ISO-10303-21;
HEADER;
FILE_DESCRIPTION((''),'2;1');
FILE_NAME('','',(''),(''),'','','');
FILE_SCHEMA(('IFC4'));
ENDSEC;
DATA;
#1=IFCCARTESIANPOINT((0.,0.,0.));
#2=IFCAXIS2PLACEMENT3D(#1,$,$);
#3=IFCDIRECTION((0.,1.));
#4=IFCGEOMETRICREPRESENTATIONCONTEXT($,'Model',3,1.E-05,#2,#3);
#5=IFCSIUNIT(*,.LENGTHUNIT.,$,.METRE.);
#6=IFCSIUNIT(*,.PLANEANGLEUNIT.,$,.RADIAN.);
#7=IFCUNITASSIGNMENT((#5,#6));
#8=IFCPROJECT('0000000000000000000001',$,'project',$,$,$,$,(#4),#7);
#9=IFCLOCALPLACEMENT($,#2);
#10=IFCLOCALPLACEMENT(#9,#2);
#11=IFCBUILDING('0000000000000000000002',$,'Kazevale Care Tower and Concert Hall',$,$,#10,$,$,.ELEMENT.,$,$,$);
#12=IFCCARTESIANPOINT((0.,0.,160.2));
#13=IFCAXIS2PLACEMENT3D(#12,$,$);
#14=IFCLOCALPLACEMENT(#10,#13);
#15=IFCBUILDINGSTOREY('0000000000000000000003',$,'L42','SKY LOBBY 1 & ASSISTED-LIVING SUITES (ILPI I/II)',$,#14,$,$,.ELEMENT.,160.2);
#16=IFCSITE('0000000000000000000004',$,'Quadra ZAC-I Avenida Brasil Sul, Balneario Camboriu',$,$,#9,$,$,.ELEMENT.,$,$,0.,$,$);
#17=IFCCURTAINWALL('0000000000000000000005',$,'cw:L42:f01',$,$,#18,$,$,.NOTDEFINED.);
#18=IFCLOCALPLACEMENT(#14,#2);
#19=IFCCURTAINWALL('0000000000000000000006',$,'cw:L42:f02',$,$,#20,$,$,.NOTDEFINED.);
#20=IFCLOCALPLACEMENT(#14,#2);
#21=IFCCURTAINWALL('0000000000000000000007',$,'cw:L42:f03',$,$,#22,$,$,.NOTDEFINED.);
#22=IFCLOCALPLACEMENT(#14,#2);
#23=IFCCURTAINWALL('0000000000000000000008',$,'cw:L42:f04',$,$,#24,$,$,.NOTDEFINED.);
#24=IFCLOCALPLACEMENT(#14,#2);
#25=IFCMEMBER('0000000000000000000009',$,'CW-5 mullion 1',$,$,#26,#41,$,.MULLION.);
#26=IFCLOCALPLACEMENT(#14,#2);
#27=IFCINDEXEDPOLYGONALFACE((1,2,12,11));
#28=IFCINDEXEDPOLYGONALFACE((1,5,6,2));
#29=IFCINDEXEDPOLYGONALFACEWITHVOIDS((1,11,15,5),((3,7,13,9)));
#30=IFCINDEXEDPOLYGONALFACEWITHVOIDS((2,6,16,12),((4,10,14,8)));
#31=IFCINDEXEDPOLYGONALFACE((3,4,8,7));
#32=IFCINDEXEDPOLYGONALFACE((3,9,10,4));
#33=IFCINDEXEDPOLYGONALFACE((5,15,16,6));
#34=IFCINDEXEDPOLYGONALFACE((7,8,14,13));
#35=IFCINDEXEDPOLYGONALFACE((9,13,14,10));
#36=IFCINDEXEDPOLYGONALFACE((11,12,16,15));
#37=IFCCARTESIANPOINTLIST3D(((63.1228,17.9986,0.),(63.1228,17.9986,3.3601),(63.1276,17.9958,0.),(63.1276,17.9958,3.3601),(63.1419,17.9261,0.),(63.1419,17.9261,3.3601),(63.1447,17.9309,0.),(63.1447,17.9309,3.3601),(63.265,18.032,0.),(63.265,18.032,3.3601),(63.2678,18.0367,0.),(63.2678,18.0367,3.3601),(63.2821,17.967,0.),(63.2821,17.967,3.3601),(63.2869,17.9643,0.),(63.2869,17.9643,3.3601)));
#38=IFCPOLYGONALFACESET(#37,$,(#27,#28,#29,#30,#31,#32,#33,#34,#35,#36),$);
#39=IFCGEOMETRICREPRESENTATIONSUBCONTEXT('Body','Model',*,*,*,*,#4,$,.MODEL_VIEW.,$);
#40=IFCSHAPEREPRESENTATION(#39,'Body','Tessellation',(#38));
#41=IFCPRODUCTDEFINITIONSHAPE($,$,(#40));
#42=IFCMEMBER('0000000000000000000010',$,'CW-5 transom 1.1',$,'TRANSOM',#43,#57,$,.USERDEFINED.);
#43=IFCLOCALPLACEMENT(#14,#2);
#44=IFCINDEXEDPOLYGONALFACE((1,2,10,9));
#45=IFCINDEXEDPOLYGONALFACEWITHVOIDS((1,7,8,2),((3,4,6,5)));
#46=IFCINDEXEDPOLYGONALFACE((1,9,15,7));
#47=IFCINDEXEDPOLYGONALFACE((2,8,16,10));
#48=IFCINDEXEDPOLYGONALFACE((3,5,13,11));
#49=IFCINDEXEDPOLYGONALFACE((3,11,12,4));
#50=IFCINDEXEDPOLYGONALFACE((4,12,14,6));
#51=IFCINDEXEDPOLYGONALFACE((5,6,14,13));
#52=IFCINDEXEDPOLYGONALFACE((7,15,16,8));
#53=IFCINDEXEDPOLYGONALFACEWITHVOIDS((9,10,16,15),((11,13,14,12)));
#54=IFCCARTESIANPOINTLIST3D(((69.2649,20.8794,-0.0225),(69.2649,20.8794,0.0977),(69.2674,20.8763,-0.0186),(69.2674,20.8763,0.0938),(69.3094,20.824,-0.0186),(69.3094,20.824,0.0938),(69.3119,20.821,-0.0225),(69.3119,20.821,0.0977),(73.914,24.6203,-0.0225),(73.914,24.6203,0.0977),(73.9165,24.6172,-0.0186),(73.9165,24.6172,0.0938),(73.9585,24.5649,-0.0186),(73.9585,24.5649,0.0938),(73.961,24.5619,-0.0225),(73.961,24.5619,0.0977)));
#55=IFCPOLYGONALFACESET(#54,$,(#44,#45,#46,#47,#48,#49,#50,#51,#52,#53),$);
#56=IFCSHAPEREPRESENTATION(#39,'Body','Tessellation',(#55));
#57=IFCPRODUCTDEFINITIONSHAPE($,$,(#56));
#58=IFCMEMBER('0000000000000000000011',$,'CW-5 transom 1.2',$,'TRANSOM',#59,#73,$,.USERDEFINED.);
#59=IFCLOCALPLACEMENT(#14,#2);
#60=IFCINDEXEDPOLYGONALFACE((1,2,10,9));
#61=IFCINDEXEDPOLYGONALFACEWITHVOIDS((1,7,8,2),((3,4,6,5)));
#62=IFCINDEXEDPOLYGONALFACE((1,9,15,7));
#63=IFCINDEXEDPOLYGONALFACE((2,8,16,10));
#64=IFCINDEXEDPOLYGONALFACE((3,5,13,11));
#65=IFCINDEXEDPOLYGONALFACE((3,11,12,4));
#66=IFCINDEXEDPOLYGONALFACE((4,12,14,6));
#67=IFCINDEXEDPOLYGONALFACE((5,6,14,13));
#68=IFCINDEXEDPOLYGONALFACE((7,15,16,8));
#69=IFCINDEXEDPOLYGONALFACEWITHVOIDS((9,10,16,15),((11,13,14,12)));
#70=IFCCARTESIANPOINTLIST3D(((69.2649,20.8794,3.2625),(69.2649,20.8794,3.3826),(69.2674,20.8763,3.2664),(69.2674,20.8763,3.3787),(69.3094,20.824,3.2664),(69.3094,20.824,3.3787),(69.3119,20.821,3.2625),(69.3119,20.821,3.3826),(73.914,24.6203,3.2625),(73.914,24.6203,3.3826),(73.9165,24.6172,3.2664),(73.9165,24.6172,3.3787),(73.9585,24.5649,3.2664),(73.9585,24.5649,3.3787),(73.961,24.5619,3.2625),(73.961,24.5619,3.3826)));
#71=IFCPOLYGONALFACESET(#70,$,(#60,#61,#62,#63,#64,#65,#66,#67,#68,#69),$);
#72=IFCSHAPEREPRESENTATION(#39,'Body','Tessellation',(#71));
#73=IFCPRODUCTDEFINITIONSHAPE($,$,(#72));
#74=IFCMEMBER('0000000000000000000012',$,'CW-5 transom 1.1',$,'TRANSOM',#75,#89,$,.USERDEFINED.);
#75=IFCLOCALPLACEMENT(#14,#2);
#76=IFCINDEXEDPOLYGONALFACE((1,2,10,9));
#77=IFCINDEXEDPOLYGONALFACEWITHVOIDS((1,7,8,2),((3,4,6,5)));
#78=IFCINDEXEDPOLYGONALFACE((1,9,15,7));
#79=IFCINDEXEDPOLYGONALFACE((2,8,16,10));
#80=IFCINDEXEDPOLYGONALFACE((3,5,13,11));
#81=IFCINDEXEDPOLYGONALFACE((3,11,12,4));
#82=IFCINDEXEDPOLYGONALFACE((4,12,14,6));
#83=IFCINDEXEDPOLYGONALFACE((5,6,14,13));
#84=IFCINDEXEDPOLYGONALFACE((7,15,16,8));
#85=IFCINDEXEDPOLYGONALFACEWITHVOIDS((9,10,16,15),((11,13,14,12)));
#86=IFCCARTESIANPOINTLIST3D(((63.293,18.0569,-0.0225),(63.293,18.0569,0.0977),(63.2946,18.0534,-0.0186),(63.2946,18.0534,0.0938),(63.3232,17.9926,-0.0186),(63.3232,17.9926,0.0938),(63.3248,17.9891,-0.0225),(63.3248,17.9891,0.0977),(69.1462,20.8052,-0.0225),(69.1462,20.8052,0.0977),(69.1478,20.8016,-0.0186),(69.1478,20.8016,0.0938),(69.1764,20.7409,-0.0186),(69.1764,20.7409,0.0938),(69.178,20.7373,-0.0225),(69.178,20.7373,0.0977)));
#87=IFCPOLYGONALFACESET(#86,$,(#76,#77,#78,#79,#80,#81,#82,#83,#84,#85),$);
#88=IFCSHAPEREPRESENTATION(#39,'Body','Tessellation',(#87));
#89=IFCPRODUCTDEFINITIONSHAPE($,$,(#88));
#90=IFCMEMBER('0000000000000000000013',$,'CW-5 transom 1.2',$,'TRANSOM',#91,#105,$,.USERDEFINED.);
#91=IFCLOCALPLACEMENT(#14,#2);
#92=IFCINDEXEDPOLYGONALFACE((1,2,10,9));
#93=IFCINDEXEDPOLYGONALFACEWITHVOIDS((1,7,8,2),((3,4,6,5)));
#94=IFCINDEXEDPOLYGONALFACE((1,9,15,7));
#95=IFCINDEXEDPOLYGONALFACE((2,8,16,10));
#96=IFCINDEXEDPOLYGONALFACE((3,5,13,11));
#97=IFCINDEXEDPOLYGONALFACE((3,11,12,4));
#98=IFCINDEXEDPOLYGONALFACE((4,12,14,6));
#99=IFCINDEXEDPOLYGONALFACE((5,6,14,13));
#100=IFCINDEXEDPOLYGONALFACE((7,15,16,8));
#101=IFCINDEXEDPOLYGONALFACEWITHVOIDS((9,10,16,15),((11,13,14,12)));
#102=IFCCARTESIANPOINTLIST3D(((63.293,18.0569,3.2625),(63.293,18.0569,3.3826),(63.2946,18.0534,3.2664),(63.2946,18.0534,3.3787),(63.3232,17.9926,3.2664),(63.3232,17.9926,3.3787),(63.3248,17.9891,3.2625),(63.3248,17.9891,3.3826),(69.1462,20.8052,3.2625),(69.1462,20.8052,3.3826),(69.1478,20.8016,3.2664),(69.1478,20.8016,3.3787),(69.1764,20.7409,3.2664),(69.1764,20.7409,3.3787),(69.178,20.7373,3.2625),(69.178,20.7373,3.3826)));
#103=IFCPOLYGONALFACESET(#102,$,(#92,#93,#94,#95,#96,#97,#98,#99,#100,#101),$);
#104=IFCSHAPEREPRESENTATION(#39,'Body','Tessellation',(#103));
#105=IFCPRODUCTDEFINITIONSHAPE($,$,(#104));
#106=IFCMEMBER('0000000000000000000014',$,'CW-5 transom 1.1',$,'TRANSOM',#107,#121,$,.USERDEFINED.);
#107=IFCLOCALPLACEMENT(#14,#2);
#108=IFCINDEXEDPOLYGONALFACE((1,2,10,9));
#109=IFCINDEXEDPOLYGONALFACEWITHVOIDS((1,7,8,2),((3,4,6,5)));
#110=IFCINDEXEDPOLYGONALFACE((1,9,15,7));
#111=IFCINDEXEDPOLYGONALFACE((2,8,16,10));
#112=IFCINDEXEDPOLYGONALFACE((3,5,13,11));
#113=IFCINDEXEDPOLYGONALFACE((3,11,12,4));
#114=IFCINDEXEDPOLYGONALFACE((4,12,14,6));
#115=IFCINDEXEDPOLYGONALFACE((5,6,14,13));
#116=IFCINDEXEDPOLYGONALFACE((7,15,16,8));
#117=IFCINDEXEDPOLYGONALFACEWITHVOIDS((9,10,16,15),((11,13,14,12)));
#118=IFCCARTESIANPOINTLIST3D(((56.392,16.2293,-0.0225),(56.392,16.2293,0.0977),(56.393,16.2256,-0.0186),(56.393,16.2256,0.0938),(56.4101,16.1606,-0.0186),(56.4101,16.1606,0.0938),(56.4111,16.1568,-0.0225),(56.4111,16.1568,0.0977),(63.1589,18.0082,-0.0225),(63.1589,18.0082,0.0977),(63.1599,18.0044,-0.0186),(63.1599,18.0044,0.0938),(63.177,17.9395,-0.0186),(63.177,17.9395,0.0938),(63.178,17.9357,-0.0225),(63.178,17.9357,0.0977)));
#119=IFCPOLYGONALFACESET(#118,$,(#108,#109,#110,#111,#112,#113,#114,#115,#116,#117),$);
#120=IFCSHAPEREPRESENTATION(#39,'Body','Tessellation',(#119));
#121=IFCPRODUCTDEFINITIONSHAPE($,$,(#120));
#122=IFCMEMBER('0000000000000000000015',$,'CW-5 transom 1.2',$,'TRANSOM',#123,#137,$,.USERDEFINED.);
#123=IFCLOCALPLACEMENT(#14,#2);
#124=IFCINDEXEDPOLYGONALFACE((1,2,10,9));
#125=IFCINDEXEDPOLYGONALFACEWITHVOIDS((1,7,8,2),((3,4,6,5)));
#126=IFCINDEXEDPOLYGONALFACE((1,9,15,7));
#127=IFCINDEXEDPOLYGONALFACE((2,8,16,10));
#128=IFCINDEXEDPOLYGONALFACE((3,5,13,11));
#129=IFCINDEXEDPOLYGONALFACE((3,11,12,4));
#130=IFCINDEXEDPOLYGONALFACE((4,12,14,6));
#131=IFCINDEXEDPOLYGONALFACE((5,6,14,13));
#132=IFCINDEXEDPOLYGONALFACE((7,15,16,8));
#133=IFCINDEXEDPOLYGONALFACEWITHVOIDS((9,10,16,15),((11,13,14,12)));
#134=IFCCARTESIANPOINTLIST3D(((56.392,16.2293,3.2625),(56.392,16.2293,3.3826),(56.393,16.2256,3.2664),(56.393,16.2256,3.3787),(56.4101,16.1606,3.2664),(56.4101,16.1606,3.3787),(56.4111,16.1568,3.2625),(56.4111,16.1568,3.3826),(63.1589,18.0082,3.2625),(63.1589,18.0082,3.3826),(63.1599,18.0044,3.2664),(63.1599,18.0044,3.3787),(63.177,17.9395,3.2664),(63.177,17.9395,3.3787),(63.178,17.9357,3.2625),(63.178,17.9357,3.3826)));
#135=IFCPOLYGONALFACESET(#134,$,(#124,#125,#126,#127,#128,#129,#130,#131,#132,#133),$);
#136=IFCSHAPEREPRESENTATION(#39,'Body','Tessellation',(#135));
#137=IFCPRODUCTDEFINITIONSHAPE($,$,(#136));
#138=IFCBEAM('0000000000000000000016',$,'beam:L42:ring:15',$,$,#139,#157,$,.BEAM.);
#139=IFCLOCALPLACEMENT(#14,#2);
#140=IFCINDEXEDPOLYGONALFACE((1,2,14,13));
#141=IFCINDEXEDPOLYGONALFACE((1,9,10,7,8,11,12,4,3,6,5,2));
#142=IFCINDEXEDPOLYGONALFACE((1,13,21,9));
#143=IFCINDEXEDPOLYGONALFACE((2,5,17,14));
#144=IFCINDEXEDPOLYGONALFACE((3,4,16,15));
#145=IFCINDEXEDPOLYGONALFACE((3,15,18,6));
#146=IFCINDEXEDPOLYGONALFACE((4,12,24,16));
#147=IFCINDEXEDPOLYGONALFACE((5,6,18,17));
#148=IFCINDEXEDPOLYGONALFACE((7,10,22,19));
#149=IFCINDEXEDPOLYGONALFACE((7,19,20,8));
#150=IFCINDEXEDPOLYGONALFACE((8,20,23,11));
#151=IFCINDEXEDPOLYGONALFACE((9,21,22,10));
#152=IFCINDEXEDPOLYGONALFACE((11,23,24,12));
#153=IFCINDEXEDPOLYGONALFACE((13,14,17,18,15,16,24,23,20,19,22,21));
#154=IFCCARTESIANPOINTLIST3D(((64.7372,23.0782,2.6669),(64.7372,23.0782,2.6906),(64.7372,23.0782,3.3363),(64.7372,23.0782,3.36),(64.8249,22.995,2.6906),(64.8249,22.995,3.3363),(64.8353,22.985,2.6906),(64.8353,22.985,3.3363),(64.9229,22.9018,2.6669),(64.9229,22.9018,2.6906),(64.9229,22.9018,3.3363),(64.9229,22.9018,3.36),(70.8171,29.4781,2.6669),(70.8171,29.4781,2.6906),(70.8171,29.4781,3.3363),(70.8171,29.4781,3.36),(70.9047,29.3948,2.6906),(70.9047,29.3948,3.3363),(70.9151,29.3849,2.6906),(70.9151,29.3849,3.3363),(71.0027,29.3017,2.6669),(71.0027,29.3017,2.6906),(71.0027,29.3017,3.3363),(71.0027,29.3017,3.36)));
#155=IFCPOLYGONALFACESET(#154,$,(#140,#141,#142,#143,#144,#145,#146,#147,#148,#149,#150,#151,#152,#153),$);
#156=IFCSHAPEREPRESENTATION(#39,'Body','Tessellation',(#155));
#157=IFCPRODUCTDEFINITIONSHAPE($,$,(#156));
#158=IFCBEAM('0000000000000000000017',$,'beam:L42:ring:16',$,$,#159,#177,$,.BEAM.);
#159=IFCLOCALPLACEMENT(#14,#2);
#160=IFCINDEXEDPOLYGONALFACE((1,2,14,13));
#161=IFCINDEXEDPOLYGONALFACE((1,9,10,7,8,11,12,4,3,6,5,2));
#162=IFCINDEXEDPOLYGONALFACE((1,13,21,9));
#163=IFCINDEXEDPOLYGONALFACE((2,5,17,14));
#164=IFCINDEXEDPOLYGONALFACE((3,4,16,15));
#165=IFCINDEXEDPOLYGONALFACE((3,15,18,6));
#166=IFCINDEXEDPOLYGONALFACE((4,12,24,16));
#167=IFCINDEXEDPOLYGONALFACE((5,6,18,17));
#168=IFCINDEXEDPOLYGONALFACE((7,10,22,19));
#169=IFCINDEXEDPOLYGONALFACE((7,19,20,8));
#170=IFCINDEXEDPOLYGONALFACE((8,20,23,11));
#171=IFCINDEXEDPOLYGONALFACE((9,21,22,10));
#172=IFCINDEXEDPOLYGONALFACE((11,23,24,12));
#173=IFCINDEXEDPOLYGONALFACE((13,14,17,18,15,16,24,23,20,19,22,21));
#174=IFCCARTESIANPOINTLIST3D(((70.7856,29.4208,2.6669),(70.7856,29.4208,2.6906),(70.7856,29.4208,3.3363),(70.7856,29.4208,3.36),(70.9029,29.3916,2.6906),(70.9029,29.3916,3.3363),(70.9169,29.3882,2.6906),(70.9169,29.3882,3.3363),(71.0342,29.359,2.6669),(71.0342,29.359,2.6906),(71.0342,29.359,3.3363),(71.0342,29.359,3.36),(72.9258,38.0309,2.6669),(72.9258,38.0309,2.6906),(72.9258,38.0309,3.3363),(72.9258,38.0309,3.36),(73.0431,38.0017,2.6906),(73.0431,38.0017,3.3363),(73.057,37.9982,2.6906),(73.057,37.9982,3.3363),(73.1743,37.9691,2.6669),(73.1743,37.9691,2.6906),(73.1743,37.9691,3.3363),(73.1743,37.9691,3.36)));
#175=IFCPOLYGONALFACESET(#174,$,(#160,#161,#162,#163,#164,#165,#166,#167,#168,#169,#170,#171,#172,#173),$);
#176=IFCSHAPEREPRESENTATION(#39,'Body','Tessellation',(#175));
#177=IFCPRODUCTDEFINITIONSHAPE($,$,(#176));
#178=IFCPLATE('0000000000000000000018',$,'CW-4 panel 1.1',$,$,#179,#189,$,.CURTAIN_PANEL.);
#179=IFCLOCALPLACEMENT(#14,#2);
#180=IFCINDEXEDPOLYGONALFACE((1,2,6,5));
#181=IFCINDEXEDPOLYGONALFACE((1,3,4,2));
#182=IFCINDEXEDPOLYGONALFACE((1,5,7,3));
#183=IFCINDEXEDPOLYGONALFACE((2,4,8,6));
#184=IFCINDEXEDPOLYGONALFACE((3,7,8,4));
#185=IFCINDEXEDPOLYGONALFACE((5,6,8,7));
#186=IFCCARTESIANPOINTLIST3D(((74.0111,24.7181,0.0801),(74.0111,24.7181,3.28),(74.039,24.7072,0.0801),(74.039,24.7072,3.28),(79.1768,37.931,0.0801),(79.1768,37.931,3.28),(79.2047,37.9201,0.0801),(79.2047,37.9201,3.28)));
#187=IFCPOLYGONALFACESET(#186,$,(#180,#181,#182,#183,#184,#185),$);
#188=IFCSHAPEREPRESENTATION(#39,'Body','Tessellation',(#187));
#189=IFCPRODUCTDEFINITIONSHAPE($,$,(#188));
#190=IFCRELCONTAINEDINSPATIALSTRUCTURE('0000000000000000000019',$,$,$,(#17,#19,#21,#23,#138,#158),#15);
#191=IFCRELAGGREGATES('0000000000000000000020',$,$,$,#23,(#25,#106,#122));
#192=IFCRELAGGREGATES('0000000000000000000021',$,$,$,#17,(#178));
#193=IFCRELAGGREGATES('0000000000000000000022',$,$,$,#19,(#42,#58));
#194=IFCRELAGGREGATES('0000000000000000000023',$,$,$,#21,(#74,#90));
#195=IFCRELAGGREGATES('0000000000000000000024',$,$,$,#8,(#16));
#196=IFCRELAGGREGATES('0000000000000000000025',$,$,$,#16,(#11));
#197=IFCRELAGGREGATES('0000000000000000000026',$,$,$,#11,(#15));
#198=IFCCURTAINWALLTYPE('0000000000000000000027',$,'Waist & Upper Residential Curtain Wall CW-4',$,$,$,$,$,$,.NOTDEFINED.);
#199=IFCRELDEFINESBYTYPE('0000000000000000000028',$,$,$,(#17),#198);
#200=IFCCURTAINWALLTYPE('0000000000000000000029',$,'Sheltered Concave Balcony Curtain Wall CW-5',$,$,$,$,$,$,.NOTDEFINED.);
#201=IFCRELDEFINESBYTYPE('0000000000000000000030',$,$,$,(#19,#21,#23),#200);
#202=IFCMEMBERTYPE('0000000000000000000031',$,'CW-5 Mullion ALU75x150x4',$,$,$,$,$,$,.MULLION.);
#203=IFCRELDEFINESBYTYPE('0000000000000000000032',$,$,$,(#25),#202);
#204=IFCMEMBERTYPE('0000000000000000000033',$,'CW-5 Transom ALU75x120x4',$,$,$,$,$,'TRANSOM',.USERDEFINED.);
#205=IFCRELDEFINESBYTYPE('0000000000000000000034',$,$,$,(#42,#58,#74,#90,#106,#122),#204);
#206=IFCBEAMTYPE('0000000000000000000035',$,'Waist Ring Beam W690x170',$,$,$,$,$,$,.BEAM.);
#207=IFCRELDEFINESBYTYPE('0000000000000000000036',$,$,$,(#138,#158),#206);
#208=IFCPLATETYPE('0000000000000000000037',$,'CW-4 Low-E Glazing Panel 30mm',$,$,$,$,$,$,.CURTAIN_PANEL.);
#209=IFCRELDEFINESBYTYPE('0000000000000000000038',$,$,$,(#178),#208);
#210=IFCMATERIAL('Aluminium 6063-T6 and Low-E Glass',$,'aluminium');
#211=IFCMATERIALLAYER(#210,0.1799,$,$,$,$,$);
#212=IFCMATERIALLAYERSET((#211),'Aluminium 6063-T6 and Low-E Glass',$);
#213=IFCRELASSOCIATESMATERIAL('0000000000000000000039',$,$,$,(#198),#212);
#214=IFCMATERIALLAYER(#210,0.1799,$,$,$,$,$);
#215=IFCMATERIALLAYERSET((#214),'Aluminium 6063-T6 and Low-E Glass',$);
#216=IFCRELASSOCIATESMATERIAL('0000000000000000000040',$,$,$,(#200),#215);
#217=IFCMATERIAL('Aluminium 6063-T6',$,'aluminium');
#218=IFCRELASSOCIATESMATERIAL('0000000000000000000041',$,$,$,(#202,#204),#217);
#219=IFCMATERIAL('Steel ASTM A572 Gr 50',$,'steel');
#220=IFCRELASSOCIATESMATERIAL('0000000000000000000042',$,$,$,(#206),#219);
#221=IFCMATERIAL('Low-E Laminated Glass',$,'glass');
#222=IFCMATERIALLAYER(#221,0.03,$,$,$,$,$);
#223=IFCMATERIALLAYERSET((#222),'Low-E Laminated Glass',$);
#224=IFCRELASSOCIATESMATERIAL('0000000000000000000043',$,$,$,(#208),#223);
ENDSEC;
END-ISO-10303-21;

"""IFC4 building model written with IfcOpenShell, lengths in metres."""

from ifc_helpers import new_model, si_unit, direction, frame, origin, origin_2d, place, context, subcontext, project, spatial, rectangle, hollow_rectangle, i_section, extrude, material, layer, layer_set, material_profile, profile_set, type_object, element, aggregate, save


model = new_model("IFC4")

# Units and contexts
model_context = context("Model", 3, precision=1e-05, world=origin(), true_north=direction((0.0, 1.0)))
body_context = subcontext(model_context, "Body", "Model", "MODEL_VIEW")
ifc_project = project(units=[si_unit("LENGTHUNIT", "METRE"), si_unit("PLANEANGLEUNIT", "RADIAN")], contexts=[model_context])

# Site, building, storey
site_placement = place(None, origin())
site = spatial("IfcSite", under=ifc_project, at=site_placement, Name="Quadra ZAC-I Avenida Brasil Sul, Balneario Camboriu", CompositionType="ELEMENT", RefElevation=0.0)
building_placement = place(site_placement, origin())
building = spatial("IfcBuilding", under=site, at=building_placement, Name="Kazevale Care Tower and Concert Hall", CompositionType="ELEMENT")
storey_placement = place(building_placement, frame((0.0, 0.0, 160.2)))
storey = spatial("IfcBuildingStorey", under=building, at=storey_placement, Name="L42", Description="SKY LOBBY 1 & ASSISTED-LIVING SUITES (ILPI I/II)", CompositionType="ELEMENT", Elevation=160.2)

# Curtain wall
ifc_material_1 = material(Name="Aluminium 6063-T6 and Low-E Glass", Category="aluminium")
ifc_layer_1 = layer(ifc_material_1, 0.1799)
ifc_layer_set_1 = layer_set([ifc_layer_1], Name="Aluminium 6063-T6 and Low-E Glass")
curtain_wall_type_1 = type_object("IfcCurtainWallType", Name="Waist & Upper Residential Curtain Wall CW-4", PredefinedType="NOTDEFINED", material=ifc_layer_set_1)
curtain_wall_1_placement = place(storey_placement, origin())
curtain_wall_1 = element("IfcCurtainWall", 1, at=curtain_wall_1_placement, inside=storey, type_object=curtain_wall_type_1, Name="cw:L42:f01", PredefinedType="NOTDEFINED")
ifc_material_2 = material(Name="Aluminium 6063-T6", Category="aluminium")

# Curtain walls
ifc_layer_2 = layer(ifc_material_1, 0.1799)
ifc_layer_set_2 = layer_set([ifc_layer_2], Name="Aluminium 6063-T6 and Low-E Glass")
curtain_wall_type_2 = type_object("IfcCurtainWallType", Name="Sheltered Concave Balcony Curtain Wall CW-5", PredefinedType="NOTDEFINED", material=ifc_layer_set_2)
curtain_wall_2_placement = place(storey_placement, origin())
curtain_wall_2 = element("IfcCurtainWall", 2, at=curtain_wall_2_placement, inside=storey, type_object=curtain_wall_type_2, Name="cw:L42:f02", PredefinedType="NOTDEFINED")
ifc_material_profile_1 = material_profile(ifc_material_2, hollow_rectangle(XDim=0.075, YDim=0.1499, WallThickness=0.0039, at=origin_2d()), Name="ALU75x150x4")
ifc_profile_set_1 = profile_set([ifc_material_profile_1], Name="Aluminium 6063-T6")
member_type_1 = type_object("IfcMemberType", Name="CW-5 Mullion ALU75x150x4", PredefinedType="MULLION", material=ifc_profile_set_1)
curtain_wall_3_placement = place(storey_placement, origin())
curtain_wall_3 = element("IfcCurtainWall", 3, at=curtain_wall_3_placement, inside=storey, type_object=curtain_wall_type_2, Name="cw:L42:f03", PredefinedType="NOTDEFINED")

# Curtain wall, member
curtain_wall_4_placement = place(storey_placement, origin())
curtain_wall_4 = element("IfcCurtainWall", 4, at=curtain_wall_4_placement, inside=storey, type_object=curtain_wall_type_2, Name="cw:L42:f04", PredefinedType="NOTDEFINED")
member_1_placement = place(storey_placement, frame((63.2048, 17.9814, 0.0), z_axis=(0.0, 0.0, 1.0), x_axis=(0.254238, -0.967142, 0.0)))
member_1 = element("IfcMember", 5, at=member_1_placement, type_object=member_type_1, Name="CW-5 mullion 1", PredefinedType="MULLION", context=body_context, shape_type="SweptSolid", body=[
    extrude(hollow_rectangle(XDim=0.075, YDim=0.1499, WallThickness=0.0039, at=origin_2d()), origin(), (0.0, 0.0, 1.0), 3.3601),
])

# Members
ifc_material_profile_2 = material_profile(ifc_material_2, hollow_rectangle(XDim=0.075, YDim=0.1201, WallThickness=0.0039, at=origin_2d()), Name="ALU75x120x4")
ifc_profile_set_2 = profile_set([ifc_material_profile_2], Name="Aluminium 6063-T6")
member_type_2 = type_object("IfcMemberType", Name="CW-5 Transom ALU75x120x4", ElementType="TRANSOM", PredefinedType="USERDEFINED", material=ifc_profile_set_2)
member_2_placement = place(storey_placement, frame((73.9375, 24.5911, 0.0376), z_axis=(-0.779097, -0.626903, 0.0), x_axis=(0.626903, -0.779097, 0.0)))
member_2 = element("IfcMember", 6, at=member_2_placement, type_object=member_type_2, Name="CW-5 transom 1.1", ObjectType="TRANSOM", PredefinedType="USERDEFINED", context=body_context, shape_type="SweptSolid", body=[
    extrude(hollow_rectangle(XDim=0.075, YDim=0.1201, WallThickness=0.0039, at=origin_2d()), origin(), (0.0, 0.0, 1.0), 5.9673),
])
member_3_placement = place(storey_placement, frame((73.9375, 24.5911, 3.3225), z_axis=(-0.779097, -0.626903, 0.0), x_axis=(0.626903, -0.779097, 0.0)))
member_3 = element("IfcMember", 7, at=member_3_placement, type_object=member_type_2, Name="CW-5 transom 1.2", ObjectType="TRANSOM", PredefinedType="USERDEFINED", context=body_context, shape_type="SweptSolid", body=[
    extrude(hollow_rectangle(XDim=0.075, YDim=0.1201, WallThickness=0.0039, at=origin_2d()), origin(), (0.0, 0.0, 1.0), 5.9673),
])
member_4_placement = place(storey_placement, frame((69.1621, 20.7712, 0.0376), z_axis=(-0.905187, -0.425013, 0.0), x_axis=(0.425013, -0.905187, 0.0)))
member_4 = element("IfcMember", 8, at=member_4_placement, type_object=member_type_2, Name="CW-5 transom 1.1", ObjectType="TRANSOM", PredefinedType="USERDEFINED", context=body_context, shape_type="SweptSolid", body=[
    extrude(hollow_rectangle(XDim=0.075, YDim=0.1201, WallThickness=0.0039, at=origin_2d()), origin(), (0.0, 0.0, 1.0), 6.4663),
])
member_5_placement = place(storey_placement, frame((69.1621, 20.7712, 3.3225), z_axis=(-0.905187, -0.425013, 0.0), x_axis=(0.425013, -0.905187, 0.0)))
member_5 = element("IfcMember", 9, at=member_5_placement, type_object=member_type_2, Name="CW-5 transom 1.2", ObjectType="TRANSOM", PredefinedType="USERDEFINED", context=body_context, shape_type="SweptSolid", body=[
    extrude(hollow_rectangle(XDim=0.075, YDim=0.1201, WallThickness=0.0039, at=origin_2d()), origin(), (0.0, 0.0, 1.0), 6.4663),
])
member_6_placement = place(storey_placement, frame((63.1685, 17.9719, 0.0376), z_axis=(-0.967143, -0.254234, 0.0), x_axis=(0.254234, -0.967143, 0.0)))
member_6 = element("IfcMember", 10, at=member_6_placement, type_object=member_type_2, Name="CW-5 transom 1.1", ObjectType="TRANSOM", PredefinedType="USERDEFINED", context=body_context, shape_type="SweptSolid", body=[
    extrude(hollow_rectangle(XDim=0.075, YDim=0.1201, WallThickness=0.0039, at=origin_2d()), origin(), (0.0, 0.0, 1.0), 6.9968),
])
member_7_placement = place(storey_placement, frame((63.1685, 17.9719, 3.3225), z_axis=(-0.967143, -0.254234, 0.0), x_axis=(0.254234, -0.967143, 0.0)))
member_7 = element("IfcMember", 11, at=member_7_placement, type_object=member_type_2, Name="CW-5 transom 1.2", ObjectType="TRANSOM", PredefinedType="USERDEFINED", context=body_context, shape_type="SweptSolid", body=[
    extrude(hollow_rectangle(XDim=0.075, YDim=0.1201, WallThickness=0.0039, at=origin_2d()), origin(), (0.0, 0.0, 1.0), 6.9968),
])
aggregate(curtain_wall_4, [member_1, member_6, member_7])

# Beams
ifc_material_3 = material(Name="Steel ASTM A572 Gr 50", Category="steel")
ifc_material_profile_3 = material_profile(ifc_material_3, i_section(OverallWidth=0.2561, OverallDepth=0.6931, WebThickness=0.0144, FlangeThickness=0.0237, at=origin_2d()), Name="W690x170")
ifc_profile_set_3 = profile_set([ifc_material_profile_3], Name="Steel ASTM A572 Gr 50")
beam_type = type_object("IfcBeamType", Name="Waist Ring Beam W690x170", PredefinedType="BEAM", material=ifc_profile_set_3)
beam_1_placement = place(storey_placement, frame((64.8301, 22.99, 3.0134), z_axis=(0.688745, 0.725004, 0.0), x_axis=(-0.725004, 0.688745, 0.0)))
element("IfcBeam", 12, at=beam_1_placement, inside=storey, type_object=beam_type, Name="beam:L42:ring:15", PredefinedType="BEAM", context=body_context, shape_type="SweptSolid", body=[
    extrude(i_section(OverallWidth=0.2561, OverallDepth=0.6931, WebThickness=0.0144, FlangeThickness=0.0237, at=origin_2d()), origin(), (0.0, 0.0, 1.0), 8.8274),
])
beam_2_placement = place(storey_placement, frame((70.9099, 29.3899, 3.0134), z_axis=(0.241221, 0.97047, 0.0), x_axis=(-0.97047, 0.241221, 0.0)))
element("IfcBeam", 13, at=beam_2_placement, inside=storey, type_object=beam_type, Name="beam:L42:ring:16", PredefinedType="BEAM", context=body_context, shape_type="SweptSolid", body=[
    extrude(i_section(OverallWidth=0.2561, OverallDepth=0.6931, WebThickness=0.0144, FlangeThickness=0.0237, at=origin_2d()), origin(), (0.0, 0.0, 1.0), 8.8721),
])

# Plate
ifc_material_4 = material(Name="Low-E Laminated Glass", Category="glass")
ifc_layer_3 = layer(ifc_material_4, 0.03)
ifc_layer_set_3 = layer_set([ifc_layer_3], Name="Low-E Laminated Glass")
plate_type_1 = type_object("IfcPlateType", Name="CW-4 Low-E Glazing Panel 30mm", PredefinedType="CURTAIN_PANEL", material=ifc_layer_set_3)
plate_1_placement = place(storey_placement, frame((76.6079, 31.3191, 0.0801), z_axis=(0.0, 0.0, 1.0), x_axis=(-0.364121, -0.931352, 0.0)))
plate_1 = element("IfcPlate", 14, at=plate_1_placement, type_object=plate_type_1, Name="CW-4 panel 1.1", PredefinedType="CURTAIN_PANEL", context=body_context, shape_type="SweptSolid", body=[
    extrude(rectangle(XDim=14.1868, YDim=0.03, at=origin_2d()), origin(), (0.0, 0.0, 1.0), 3.2),
])
aggregate(curtain_wall_1, [plate_1])
aggregate(curtain_wall_2, [member_2, member_3])
aggregate(curtain_wall_3, [member_4, member_5])

save(model, "model.ifc")
